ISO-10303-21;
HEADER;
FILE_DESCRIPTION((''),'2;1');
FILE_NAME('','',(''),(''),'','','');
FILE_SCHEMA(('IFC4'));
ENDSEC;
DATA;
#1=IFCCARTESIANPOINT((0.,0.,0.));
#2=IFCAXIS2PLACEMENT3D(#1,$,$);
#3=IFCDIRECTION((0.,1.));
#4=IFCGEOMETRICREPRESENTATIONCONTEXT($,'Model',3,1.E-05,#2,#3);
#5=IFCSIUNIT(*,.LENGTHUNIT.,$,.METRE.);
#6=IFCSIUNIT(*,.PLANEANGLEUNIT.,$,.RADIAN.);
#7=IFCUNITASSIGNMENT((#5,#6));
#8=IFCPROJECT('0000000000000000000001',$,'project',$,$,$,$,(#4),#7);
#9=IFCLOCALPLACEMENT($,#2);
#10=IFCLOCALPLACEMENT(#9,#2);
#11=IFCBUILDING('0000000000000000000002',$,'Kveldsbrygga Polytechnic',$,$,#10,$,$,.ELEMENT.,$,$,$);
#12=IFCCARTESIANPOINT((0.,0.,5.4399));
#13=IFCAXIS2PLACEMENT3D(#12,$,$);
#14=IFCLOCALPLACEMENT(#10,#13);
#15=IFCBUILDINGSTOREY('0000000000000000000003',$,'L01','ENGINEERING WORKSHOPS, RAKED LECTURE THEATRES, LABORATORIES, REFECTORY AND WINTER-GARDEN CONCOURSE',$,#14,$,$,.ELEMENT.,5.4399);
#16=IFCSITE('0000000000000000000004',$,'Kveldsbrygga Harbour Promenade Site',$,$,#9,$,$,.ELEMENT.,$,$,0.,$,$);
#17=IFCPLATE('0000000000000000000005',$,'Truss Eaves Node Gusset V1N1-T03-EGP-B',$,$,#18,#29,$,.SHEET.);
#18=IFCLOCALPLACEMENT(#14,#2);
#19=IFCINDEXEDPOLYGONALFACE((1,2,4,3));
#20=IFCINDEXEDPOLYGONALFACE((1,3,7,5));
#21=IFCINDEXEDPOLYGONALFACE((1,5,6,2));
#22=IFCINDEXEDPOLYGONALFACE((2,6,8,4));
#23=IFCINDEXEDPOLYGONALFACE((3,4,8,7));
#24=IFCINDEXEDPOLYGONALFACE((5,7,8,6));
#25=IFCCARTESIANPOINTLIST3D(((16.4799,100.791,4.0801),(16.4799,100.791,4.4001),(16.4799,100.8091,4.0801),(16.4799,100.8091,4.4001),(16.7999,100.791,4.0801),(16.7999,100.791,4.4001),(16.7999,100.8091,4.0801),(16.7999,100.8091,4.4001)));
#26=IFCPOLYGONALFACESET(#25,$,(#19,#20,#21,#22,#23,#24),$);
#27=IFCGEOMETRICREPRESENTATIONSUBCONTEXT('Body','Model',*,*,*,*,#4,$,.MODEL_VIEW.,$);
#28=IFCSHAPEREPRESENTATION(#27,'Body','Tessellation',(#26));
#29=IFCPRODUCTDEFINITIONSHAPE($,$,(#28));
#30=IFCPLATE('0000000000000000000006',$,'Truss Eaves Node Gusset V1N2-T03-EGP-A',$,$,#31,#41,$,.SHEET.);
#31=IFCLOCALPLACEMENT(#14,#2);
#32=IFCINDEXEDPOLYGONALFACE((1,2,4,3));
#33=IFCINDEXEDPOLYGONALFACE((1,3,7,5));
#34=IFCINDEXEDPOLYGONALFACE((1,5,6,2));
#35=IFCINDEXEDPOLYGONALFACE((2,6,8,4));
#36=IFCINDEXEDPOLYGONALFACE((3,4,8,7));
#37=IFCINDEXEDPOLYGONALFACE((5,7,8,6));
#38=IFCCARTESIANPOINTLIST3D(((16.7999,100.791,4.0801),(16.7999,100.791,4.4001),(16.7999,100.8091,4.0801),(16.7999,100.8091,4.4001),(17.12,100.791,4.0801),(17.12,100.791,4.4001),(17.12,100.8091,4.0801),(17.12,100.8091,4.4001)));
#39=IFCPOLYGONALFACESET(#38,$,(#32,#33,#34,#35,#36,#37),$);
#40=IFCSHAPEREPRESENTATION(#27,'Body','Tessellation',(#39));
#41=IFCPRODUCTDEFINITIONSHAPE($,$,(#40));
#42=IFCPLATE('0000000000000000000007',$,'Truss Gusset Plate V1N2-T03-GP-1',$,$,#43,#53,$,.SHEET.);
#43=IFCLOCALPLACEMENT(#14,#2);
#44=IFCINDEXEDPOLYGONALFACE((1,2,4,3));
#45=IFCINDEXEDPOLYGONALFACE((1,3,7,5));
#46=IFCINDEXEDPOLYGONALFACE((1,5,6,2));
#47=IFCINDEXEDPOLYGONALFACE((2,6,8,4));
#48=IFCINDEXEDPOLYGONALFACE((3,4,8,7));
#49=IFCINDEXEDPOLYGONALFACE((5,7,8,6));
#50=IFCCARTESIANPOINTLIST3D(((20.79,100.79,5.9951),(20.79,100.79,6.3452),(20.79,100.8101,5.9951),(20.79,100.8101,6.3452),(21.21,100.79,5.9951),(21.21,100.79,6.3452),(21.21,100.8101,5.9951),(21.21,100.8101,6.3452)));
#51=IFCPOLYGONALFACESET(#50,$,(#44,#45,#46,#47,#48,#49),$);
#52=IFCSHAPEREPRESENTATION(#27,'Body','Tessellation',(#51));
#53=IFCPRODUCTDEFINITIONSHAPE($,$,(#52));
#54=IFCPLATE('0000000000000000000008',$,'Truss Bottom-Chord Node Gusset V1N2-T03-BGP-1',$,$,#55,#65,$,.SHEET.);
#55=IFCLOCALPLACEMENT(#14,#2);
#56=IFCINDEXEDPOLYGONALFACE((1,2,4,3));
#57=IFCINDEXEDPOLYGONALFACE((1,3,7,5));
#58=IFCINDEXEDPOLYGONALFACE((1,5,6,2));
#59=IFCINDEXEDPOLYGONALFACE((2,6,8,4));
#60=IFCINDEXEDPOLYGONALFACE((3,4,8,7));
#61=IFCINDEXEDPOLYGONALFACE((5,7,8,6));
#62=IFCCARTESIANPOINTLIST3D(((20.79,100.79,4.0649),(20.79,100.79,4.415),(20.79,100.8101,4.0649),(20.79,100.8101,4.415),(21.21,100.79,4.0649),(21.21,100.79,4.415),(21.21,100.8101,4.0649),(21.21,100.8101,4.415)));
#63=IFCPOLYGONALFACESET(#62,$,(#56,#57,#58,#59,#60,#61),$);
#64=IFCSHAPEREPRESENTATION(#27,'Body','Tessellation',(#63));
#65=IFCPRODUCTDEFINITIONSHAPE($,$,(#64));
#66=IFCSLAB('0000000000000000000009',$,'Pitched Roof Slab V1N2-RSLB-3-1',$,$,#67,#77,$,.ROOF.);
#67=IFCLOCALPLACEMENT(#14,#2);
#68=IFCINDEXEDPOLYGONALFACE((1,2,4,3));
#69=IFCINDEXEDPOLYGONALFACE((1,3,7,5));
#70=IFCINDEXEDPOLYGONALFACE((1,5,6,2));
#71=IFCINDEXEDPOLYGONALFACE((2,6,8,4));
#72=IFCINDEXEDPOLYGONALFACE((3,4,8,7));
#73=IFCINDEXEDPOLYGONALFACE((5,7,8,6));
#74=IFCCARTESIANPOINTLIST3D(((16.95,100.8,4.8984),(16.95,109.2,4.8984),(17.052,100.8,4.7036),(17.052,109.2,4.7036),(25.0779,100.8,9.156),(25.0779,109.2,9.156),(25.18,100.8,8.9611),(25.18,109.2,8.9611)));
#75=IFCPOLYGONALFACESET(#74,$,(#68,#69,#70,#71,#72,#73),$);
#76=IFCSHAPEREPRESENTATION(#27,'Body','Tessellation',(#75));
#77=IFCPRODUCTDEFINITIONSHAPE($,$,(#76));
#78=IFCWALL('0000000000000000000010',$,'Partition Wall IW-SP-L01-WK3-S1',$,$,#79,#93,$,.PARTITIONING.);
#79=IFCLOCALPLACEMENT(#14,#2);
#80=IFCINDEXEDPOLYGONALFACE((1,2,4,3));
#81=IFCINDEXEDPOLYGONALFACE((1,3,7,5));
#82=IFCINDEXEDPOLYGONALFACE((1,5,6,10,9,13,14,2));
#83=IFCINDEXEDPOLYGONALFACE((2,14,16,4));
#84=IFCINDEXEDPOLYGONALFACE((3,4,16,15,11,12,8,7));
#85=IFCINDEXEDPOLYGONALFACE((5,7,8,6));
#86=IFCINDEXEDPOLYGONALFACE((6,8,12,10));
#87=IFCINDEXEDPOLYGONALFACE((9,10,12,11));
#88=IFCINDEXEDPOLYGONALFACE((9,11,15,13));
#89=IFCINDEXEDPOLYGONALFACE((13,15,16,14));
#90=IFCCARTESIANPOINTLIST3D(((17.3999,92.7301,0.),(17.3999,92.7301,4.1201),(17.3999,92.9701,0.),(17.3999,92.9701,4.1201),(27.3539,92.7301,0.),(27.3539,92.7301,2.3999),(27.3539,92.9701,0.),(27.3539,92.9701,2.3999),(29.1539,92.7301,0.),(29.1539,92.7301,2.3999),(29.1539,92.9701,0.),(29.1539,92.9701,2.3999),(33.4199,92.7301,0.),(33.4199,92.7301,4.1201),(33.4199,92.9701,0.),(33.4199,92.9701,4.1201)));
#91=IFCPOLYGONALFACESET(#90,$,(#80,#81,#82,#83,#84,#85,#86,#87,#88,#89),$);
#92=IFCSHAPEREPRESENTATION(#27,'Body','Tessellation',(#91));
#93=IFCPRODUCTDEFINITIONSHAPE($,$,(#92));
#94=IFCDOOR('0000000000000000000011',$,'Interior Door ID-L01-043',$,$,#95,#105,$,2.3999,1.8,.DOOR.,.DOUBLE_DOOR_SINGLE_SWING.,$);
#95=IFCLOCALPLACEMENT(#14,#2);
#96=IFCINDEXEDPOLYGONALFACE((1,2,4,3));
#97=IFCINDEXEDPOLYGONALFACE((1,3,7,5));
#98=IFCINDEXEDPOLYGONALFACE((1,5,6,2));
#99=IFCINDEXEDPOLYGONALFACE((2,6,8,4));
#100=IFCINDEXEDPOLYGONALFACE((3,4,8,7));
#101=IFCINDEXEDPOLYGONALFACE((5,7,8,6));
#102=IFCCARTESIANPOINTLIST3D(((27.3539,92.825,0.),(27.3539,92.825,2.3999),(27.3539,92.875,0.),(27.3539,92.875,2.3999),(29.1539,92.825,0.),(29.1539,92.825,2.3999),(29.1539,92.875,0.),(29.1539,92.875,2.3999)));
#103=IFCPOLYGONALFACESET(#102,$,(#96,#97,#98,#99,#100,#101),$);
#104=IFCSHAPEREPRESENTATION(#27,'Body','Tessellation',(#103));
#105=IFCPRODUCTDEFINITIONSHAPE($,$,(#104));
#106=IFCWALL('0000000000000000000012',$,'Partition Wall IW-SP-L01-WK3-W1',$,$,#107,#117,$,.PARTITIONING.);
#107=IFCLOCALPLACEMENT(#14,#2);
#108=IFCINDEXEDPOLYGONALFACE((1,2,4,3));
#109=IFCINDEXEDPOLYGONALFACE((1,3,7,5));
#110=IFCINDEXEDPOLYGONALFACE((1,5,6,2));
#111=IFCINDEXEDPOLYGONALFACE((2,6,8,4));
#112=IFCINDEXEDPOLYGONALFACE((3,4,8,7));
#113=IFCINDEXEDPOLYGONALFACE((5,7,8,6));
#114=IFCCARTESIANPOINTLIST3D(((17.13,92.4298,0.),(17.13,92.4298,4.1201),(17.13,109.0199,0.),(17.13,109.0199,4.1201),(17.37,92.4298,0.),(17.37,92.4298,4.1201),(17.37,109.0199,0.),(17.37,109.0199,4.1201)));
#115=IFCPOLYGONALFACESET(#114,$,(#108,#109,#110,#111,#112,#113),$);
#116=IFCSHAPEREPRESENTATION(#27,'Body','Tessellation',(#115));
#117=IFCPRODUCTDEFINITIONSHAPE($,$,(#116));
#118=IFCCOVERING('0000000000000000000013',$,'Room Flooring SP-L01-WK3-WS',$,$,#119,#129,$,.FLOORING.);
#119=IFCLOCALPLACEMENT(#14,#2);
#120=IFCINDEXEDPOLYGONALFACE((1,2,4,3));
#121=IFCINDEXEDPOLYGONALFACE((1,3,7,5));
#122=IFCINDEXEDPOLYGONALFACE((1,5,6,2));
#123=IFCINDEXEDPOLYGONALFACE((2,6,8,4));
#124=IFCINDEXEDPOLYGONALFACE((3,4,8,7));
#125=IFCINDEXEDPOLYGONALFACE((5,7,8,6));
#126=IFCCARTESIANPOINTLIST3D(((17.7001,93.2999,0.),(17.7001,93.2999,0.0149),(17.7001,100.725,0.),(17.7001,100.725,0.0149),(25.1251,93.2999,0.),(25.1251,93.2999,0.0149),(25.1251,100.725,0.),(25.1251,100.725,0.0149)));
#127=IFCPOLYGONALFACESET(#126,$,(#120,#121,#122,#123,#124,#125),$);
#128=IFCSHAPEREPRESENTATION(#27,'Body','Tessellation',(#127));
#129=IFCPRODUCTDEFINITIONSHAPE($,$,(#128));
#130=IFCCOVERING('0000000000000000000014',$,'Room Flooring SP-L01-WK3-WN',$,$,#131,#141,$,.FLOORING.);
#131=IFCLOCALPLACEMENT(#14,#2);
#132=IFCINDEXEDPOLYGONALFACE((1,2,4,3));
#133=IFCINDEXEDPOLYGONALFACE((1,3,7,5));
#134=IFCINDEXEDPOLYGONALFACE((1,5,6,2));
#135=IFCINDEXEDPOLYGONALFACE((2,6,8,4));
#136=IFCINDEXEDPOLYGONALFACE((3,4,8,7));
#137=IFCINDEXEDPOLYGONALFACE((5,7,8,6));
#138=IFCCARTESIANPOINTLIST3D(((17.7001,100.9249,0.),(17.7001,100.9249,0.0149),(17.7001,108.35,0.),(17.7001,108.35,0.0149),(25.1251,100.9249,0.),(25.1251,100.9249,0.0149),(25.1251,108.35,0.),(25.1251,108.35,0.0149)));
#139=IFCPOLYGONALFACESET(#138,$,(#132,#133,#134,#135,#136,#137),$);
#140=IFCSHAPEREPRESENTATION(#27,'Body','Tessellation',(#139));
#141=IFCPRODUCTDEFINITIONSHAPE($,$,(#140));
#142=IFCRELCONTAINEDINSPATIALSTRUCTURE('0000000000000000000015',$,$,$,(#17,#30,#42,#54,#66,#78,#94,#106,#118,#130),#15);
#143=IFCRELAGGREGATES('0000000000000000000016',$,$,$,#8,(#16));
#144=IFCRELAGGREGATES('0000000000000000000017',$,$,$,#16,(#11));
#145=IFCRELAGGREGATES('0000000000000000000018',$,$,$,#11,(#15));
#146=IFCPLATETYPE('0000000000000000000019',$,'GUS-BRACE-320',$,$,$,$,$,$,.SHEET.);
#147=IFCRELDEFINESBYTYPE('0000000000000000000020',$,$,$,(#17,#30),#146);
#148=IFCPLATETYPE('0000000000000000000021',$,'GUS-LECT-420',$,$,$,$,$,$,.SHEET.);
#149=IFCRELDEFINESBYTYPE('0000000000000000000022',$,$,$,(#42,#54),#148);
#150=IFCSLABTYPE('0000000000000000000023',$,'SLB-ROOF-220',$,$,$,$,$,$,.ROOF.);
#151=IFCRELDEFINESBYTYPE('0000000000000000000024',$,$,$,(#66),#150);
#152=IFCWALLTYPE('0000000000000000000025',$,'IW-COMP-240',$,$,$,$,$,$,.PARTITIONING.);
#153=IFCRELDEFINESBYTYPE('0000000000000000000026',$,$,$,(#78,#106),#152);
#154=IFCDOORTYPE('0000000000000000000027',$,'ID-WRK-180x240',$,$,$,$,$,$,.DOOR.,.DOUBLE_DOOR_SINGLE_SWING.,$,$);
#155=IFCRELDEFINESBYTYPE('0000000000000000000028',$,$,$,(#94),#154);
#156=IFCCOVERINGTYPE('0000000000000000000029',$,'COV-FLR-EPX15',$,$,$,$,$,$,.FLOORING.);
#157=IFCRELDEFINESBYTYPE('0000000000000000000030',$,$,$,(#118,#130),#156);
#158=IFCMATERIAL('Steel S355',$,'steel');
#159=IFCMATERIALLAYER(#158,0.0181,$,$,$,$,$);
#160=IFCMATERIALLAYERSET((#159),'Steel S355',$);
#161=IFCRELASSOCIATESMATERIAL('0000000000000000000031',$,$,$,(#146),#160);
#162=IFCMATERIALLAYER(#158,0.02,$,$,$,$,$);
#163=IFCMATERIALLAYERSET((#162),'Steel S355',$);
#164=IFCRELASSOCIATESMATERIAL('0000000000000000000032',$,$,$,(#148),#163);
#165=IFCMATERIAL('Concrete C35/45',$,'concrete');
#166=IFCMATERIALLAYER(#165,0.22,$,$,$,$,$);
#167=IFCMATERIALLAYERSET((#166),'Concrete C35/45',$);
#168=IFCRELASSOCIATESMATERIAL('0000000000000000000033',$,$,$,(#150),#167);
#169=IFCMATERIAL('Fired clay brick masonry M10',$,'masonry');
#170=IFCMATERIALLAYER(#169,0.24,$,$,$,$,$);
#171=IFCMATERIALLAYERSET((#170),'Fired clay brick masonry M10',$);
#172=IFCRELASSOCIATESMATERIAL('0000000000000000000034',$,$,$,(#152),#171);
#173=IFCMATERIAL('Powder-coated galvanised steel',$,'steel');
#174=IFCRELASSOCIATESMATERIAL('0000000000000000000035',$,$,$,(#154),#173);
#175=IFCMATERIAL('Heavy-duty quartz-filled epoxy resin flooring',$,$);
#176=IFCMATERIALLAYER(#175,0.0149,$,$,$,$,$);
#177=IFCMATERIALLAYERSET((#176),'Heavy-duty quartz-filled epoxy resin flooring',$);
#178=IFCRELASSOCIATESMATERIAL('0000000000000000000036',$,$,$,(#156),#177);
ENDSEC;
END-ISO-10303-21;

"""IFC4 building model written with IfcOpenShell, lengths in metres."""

from ifc_helpers import new_model, si_unit, direction, frame, frame_2d, origin, origin_2d, place, context, subcontext, project, spatial, polyline, rectangle, outline, extrude, material, layer, layer_set, type_object, element, fill, save


model = new_model("IFC4")

# Units and contexts
model_context = context("Model", 3, precision=1e-05, world=origin(), true_north=direction((0.0, 1.0)))
body_context = subcontext(model_context, "Body", "Model", "MODEL_VIEW")
ifc_project = project(units=[si_unit("LENGTHUNIT", "METRE"), si_unit("PLANEANGLEUNIT", "RADIAN")], contexts=[model_context])

# Site, building, storey
site_placement = place(None, origin())
site = spatial("IfcSite", under=ifc_project, at=site_placement, Name="Kveldsbrygga Harbour Promenade Site", CompositionType="ELEMENT", RefElevation=0.0)
building_placement = place(site_placement, origin())
building = spatial("IfcBuilding", under=site, at=building_placement, Name="Kveldsbrygga Polytechnic", CompositionType="ELEMENT")
storey_placement = place(building_placement, frame((0.0, 0.0, 5.4399)))
storey = spatial("IfcBuildingStorey", under=building, at=storey_placement, Name="L01", Description="ENGINEERING WORKSHOPS, RAKED LECTURE THEATRES, LABORATORIES, REFECTORY AND WINTER-GARDEN CONCOURSE", CompositionType="ELEMENT", Elevation=5.4399)

# Shared definitions
ifc_material_1 = material(Name="Steel S355", Category="steel")

# Plates
ifc_layer_1 = layer(ifc_material_1, 0.0181)
ifc_layer_set_1 = layer_set([ifc_layer_1], Name="Steel S355")
plate_type_1 = type_object("IfcPlateType", Name="GUS-BRACE-320", PredefinedType="SHEET", material=ifc_layer_set_1)
for number, where, z_axis, x_axis, name in (
    (1, (16.6399, 100.8, 4.0801), (0.0, 0.0, 1.0), (1.0, 0.0, 0.0), "Truss Eaves Node Gusset V1N1-T03-EGP-B"),
    (2, (16.96, 100.8, 4.0801), (0.0, 0.0, 1.0), (1.0, 0.0, 0.0), "Truss Eaves Node Gusset V1N2-T03-EGP-A"),
):
    element("IfcPlate", number, at=place(storey_placement, frame(where, z_axis=z_axis, x_axis=x_axis)), inside=storey, type_object=plate_type_1, Name=name, PredefinedType="SHEET", context=body_context, shape_type="SweptSolid", body=[
        extrude(rectangle(XDim=0.3201, YDim=0.0181, at=origin_2d()), origin(), (0.0, 0.0, 1.0), 0.3201),
    ])
ifc_layer_2 = layer(ifc_material_1, 0.02)
ifc_layer_set_2 = layer_set([ifc_layer_2], Name="Steel S355")
plate_type_2 = type_object("IfcPlateType", Name="GUS-LECT-420", PredefinedType="SHEET", material=ifc_layer_set_2)
for number, where, z_axis, x_axis, name in (
    (3, (21.0, 100.8, 5.9951), (0.0, 0.0, 1.0), (1.0, 0.0, 0.0), "Truss Gusset Plate V1N2-T03-GP-1"),
    (4, (21.0, 100.8, 4.0649), (0.0, 0.0, 1.0), (1.0, 0.0, 0.0), "Truss Bottom-Chord Node Gusset V1N2-T03-BGP-1"),
):
    element("IfcPlate", number, at=place(storey_placement, frame(where, z_axis=z_axis, x_axis=x_axis)), inside=storey, type_object=plate_type_2, Name=name, PredefinedType="SHEET", context=body_context, shape_type="SweptSolid", body=[
        extrude(rectangle(XDim=0.4199, YDim=0.02, at=origin_2d()), origin(), (0.0, 0.0, 1.0), 0.3501),
    ])

# Slab
ifc_material_2 = material(Name="Concrete C35/45", Category="concrete")
ifc_layer_3 = layer(ifc_material_2, 0.22)
ifc_layer_set_3 = layer_set([ifc_layer_3], Name="Concrete C35/45")
slab_type = type_object("IfcSlabType", Name="SLB-ROOF-220", PredefinedType="ROOF", material=ifc_layer_set_3)
slab_placement = place(storey_placement, frame((16.95, 100.8, 4.8984), z_axis=(-0.464014, 0.0, 0.885828), x_axis=(0.885828, 0.0, 0.464014)))
element("IfcSlab", 5, at=slab_placement, inside=storey, type_object=slab_type, Name="Pitched Roof Slab V1N2-RSLB-3-1", PredefinedType="ROOF", context=body_context, shape_type="SweptSolid", body=[
    extrude(outline(polyline([(0.0, 0.0), (9.1755, 0.0), (9.1755, 8.3999), (0.0, 8.3999), (0.0, 0.0)])), origin(), (0.0, 0.0, -1.0), 0.22),
])

# Wall, opening, door
ifc_material_3 = material(Name="Fired clay brick masonry M10", Category="masonry")
ifc_layer_4 = layer(ifc_material_3, 0.24)
ifc_layer_set_4 = layer_set([ifc_layer_4], Name="Fired clay brick masonry M10")
wall_type = type_object("IfcWallType", Name="IW-COMP-240", PredefinedType="PARTITIONING", material=ifc_layer_set_4)
wall_1_placement = place(storey_placement, frame((17.3999, 92.8501, 0.0), z_axis=(0.0, 0.0, 1.0), x_axis=(1.0, 0.0, 0.0)))
wall_1 = element("IfcWall", 6, at=wall_1_placement, inside=storey, type_object=wall_type, Name="Partition Wall IW-SP-L01-WK3-S1", PredefinedType="PARTITIONING", context=body_context, shape_type="SweptSolid", body=[
    extrude(rectangle(XDim=16.02, YDim=0.24, at=frame_2d((8.01, 0.0))), origin(), (0.0, 0.0, 1.0), 4.1201),
])
opening_placement = place(wall_1_placement, frame((9.9541, 0.0, 0.0)))
opening = element("IfcOpeningElement", 7, at=opening_placement, cuts=wall_1, PredefinedType="OPENING", context=body_context, shape_type="SweptSolid", body=[
    extrude(rectangle(XDim=1.8, YDim=2.3999, at=frame_2d((0.8999, 1.2))), frame((0.0, 0.1299, 0.0), z_axis=(0.0, -1.0, 0.0), x_axis=(1.0, 0.0, 0.0)), (0.0, 0.0, 1.0), 0.26),
])
ifc_material_4 = material(Name="Powder-coated galvanised steel", Category="steel")
door_type = type_object("IfcDoorType", Name="ID-WRK-180x240", OperationType="DOUBLE_DOOR_SINGLE_SWING", PredefinedType="DOOR", material=ifc_material_4)
door_placement = place(opening_placement, origin())
door = element("IfcDoor", 8, at=door_placement, inside=storey, type_object=door_type, Name="Interior Door ID-L01-043", OperationType="DOUBLE_DOOR_SINGLE_SWING", OverallHeight=2.3999, OverallWidth=1.8, PredefinedType="DOOR", context=body_context, shape_type="SweptSolid", body=[
    extrude(rectangle(XDim=1.8, YDim=2.3999, at=frame_2d((0.8999, 1.2))), frame((0.0, 0.0249, 0.0), z_axis=(0.0, -1.0, 0.0), x_axis=(1.0, 0.0, 0.0)), (0.0, 0.0, 1.0), 0.05),
])
fill(opening, door)

# Wall
wall_2_placement = place(storey_placement, frame((17.25, 92.4299, 0.0), z_axis=(0.0, 0.0, 1.0), x_axis=(0.0, 1.0, 0.0)))
element("IfcWall", 9, at=wall_2_placement, inside=storey, type_object=wall_type, Name="Partition Wall IW-SP-L01-WK3-W1", PredefinedType="PARTITIONING", context=body_context, shape_type="SweptSolid", body=[
    extrude(rectangle(XDim=16.5901, YDim=0.24, at=frame_2d((8.2949, 0.0))), origin(), (0.0, 0.0, 1.0), 4.1201),
])

# Coverings
ifc_material_5 = material(Name="Heavy-duty quartz-filled epoxy resin flooring")
ifc_layer_5 = layer(ifc_material_5, 0.0149)
ifc_layer_set_5 = layer_set([ifc_layer_5], Name="Heavy-duty quartz-filled epoxy resin flooring")
covering_type = type_object("IfcCoveringType", Name="COV-FLR-EPX15", PredefinedType="FLOORING", material=ifc_layer_set_5)
for number, where, z_axis, x_axis, name in (
    (10, (21.4126, 97.0125, 0.0), (0.0, 0.0, 1.0), (1.0, 0.0, 0.0), "Room Flooring SP-L01-WK3-WS"),
    (11, (21.4126, 104.6375, 0.0), (0.0, 0.0, 1.0), (1.0, 0.0, 0.0), "Room Flooring SP-L01-WK3-WN"),
):
    element("IfcCovering", number, at=place(storey_placement, frame(where, z_axis=z_axis, x_axis=x_axis)), inside=storey, type_object=covering_type, Name=name, PredefinedType="FLOORING", context=body_context, shape_type="SweptSolid", body=[
        extrude(rectangle(XDim=7.425, YDim=7.425, at=origin_2d()), origin(), (0.0, 0.0, 1.0), 0.0149),
    ])

save(model, "model.ifc")
